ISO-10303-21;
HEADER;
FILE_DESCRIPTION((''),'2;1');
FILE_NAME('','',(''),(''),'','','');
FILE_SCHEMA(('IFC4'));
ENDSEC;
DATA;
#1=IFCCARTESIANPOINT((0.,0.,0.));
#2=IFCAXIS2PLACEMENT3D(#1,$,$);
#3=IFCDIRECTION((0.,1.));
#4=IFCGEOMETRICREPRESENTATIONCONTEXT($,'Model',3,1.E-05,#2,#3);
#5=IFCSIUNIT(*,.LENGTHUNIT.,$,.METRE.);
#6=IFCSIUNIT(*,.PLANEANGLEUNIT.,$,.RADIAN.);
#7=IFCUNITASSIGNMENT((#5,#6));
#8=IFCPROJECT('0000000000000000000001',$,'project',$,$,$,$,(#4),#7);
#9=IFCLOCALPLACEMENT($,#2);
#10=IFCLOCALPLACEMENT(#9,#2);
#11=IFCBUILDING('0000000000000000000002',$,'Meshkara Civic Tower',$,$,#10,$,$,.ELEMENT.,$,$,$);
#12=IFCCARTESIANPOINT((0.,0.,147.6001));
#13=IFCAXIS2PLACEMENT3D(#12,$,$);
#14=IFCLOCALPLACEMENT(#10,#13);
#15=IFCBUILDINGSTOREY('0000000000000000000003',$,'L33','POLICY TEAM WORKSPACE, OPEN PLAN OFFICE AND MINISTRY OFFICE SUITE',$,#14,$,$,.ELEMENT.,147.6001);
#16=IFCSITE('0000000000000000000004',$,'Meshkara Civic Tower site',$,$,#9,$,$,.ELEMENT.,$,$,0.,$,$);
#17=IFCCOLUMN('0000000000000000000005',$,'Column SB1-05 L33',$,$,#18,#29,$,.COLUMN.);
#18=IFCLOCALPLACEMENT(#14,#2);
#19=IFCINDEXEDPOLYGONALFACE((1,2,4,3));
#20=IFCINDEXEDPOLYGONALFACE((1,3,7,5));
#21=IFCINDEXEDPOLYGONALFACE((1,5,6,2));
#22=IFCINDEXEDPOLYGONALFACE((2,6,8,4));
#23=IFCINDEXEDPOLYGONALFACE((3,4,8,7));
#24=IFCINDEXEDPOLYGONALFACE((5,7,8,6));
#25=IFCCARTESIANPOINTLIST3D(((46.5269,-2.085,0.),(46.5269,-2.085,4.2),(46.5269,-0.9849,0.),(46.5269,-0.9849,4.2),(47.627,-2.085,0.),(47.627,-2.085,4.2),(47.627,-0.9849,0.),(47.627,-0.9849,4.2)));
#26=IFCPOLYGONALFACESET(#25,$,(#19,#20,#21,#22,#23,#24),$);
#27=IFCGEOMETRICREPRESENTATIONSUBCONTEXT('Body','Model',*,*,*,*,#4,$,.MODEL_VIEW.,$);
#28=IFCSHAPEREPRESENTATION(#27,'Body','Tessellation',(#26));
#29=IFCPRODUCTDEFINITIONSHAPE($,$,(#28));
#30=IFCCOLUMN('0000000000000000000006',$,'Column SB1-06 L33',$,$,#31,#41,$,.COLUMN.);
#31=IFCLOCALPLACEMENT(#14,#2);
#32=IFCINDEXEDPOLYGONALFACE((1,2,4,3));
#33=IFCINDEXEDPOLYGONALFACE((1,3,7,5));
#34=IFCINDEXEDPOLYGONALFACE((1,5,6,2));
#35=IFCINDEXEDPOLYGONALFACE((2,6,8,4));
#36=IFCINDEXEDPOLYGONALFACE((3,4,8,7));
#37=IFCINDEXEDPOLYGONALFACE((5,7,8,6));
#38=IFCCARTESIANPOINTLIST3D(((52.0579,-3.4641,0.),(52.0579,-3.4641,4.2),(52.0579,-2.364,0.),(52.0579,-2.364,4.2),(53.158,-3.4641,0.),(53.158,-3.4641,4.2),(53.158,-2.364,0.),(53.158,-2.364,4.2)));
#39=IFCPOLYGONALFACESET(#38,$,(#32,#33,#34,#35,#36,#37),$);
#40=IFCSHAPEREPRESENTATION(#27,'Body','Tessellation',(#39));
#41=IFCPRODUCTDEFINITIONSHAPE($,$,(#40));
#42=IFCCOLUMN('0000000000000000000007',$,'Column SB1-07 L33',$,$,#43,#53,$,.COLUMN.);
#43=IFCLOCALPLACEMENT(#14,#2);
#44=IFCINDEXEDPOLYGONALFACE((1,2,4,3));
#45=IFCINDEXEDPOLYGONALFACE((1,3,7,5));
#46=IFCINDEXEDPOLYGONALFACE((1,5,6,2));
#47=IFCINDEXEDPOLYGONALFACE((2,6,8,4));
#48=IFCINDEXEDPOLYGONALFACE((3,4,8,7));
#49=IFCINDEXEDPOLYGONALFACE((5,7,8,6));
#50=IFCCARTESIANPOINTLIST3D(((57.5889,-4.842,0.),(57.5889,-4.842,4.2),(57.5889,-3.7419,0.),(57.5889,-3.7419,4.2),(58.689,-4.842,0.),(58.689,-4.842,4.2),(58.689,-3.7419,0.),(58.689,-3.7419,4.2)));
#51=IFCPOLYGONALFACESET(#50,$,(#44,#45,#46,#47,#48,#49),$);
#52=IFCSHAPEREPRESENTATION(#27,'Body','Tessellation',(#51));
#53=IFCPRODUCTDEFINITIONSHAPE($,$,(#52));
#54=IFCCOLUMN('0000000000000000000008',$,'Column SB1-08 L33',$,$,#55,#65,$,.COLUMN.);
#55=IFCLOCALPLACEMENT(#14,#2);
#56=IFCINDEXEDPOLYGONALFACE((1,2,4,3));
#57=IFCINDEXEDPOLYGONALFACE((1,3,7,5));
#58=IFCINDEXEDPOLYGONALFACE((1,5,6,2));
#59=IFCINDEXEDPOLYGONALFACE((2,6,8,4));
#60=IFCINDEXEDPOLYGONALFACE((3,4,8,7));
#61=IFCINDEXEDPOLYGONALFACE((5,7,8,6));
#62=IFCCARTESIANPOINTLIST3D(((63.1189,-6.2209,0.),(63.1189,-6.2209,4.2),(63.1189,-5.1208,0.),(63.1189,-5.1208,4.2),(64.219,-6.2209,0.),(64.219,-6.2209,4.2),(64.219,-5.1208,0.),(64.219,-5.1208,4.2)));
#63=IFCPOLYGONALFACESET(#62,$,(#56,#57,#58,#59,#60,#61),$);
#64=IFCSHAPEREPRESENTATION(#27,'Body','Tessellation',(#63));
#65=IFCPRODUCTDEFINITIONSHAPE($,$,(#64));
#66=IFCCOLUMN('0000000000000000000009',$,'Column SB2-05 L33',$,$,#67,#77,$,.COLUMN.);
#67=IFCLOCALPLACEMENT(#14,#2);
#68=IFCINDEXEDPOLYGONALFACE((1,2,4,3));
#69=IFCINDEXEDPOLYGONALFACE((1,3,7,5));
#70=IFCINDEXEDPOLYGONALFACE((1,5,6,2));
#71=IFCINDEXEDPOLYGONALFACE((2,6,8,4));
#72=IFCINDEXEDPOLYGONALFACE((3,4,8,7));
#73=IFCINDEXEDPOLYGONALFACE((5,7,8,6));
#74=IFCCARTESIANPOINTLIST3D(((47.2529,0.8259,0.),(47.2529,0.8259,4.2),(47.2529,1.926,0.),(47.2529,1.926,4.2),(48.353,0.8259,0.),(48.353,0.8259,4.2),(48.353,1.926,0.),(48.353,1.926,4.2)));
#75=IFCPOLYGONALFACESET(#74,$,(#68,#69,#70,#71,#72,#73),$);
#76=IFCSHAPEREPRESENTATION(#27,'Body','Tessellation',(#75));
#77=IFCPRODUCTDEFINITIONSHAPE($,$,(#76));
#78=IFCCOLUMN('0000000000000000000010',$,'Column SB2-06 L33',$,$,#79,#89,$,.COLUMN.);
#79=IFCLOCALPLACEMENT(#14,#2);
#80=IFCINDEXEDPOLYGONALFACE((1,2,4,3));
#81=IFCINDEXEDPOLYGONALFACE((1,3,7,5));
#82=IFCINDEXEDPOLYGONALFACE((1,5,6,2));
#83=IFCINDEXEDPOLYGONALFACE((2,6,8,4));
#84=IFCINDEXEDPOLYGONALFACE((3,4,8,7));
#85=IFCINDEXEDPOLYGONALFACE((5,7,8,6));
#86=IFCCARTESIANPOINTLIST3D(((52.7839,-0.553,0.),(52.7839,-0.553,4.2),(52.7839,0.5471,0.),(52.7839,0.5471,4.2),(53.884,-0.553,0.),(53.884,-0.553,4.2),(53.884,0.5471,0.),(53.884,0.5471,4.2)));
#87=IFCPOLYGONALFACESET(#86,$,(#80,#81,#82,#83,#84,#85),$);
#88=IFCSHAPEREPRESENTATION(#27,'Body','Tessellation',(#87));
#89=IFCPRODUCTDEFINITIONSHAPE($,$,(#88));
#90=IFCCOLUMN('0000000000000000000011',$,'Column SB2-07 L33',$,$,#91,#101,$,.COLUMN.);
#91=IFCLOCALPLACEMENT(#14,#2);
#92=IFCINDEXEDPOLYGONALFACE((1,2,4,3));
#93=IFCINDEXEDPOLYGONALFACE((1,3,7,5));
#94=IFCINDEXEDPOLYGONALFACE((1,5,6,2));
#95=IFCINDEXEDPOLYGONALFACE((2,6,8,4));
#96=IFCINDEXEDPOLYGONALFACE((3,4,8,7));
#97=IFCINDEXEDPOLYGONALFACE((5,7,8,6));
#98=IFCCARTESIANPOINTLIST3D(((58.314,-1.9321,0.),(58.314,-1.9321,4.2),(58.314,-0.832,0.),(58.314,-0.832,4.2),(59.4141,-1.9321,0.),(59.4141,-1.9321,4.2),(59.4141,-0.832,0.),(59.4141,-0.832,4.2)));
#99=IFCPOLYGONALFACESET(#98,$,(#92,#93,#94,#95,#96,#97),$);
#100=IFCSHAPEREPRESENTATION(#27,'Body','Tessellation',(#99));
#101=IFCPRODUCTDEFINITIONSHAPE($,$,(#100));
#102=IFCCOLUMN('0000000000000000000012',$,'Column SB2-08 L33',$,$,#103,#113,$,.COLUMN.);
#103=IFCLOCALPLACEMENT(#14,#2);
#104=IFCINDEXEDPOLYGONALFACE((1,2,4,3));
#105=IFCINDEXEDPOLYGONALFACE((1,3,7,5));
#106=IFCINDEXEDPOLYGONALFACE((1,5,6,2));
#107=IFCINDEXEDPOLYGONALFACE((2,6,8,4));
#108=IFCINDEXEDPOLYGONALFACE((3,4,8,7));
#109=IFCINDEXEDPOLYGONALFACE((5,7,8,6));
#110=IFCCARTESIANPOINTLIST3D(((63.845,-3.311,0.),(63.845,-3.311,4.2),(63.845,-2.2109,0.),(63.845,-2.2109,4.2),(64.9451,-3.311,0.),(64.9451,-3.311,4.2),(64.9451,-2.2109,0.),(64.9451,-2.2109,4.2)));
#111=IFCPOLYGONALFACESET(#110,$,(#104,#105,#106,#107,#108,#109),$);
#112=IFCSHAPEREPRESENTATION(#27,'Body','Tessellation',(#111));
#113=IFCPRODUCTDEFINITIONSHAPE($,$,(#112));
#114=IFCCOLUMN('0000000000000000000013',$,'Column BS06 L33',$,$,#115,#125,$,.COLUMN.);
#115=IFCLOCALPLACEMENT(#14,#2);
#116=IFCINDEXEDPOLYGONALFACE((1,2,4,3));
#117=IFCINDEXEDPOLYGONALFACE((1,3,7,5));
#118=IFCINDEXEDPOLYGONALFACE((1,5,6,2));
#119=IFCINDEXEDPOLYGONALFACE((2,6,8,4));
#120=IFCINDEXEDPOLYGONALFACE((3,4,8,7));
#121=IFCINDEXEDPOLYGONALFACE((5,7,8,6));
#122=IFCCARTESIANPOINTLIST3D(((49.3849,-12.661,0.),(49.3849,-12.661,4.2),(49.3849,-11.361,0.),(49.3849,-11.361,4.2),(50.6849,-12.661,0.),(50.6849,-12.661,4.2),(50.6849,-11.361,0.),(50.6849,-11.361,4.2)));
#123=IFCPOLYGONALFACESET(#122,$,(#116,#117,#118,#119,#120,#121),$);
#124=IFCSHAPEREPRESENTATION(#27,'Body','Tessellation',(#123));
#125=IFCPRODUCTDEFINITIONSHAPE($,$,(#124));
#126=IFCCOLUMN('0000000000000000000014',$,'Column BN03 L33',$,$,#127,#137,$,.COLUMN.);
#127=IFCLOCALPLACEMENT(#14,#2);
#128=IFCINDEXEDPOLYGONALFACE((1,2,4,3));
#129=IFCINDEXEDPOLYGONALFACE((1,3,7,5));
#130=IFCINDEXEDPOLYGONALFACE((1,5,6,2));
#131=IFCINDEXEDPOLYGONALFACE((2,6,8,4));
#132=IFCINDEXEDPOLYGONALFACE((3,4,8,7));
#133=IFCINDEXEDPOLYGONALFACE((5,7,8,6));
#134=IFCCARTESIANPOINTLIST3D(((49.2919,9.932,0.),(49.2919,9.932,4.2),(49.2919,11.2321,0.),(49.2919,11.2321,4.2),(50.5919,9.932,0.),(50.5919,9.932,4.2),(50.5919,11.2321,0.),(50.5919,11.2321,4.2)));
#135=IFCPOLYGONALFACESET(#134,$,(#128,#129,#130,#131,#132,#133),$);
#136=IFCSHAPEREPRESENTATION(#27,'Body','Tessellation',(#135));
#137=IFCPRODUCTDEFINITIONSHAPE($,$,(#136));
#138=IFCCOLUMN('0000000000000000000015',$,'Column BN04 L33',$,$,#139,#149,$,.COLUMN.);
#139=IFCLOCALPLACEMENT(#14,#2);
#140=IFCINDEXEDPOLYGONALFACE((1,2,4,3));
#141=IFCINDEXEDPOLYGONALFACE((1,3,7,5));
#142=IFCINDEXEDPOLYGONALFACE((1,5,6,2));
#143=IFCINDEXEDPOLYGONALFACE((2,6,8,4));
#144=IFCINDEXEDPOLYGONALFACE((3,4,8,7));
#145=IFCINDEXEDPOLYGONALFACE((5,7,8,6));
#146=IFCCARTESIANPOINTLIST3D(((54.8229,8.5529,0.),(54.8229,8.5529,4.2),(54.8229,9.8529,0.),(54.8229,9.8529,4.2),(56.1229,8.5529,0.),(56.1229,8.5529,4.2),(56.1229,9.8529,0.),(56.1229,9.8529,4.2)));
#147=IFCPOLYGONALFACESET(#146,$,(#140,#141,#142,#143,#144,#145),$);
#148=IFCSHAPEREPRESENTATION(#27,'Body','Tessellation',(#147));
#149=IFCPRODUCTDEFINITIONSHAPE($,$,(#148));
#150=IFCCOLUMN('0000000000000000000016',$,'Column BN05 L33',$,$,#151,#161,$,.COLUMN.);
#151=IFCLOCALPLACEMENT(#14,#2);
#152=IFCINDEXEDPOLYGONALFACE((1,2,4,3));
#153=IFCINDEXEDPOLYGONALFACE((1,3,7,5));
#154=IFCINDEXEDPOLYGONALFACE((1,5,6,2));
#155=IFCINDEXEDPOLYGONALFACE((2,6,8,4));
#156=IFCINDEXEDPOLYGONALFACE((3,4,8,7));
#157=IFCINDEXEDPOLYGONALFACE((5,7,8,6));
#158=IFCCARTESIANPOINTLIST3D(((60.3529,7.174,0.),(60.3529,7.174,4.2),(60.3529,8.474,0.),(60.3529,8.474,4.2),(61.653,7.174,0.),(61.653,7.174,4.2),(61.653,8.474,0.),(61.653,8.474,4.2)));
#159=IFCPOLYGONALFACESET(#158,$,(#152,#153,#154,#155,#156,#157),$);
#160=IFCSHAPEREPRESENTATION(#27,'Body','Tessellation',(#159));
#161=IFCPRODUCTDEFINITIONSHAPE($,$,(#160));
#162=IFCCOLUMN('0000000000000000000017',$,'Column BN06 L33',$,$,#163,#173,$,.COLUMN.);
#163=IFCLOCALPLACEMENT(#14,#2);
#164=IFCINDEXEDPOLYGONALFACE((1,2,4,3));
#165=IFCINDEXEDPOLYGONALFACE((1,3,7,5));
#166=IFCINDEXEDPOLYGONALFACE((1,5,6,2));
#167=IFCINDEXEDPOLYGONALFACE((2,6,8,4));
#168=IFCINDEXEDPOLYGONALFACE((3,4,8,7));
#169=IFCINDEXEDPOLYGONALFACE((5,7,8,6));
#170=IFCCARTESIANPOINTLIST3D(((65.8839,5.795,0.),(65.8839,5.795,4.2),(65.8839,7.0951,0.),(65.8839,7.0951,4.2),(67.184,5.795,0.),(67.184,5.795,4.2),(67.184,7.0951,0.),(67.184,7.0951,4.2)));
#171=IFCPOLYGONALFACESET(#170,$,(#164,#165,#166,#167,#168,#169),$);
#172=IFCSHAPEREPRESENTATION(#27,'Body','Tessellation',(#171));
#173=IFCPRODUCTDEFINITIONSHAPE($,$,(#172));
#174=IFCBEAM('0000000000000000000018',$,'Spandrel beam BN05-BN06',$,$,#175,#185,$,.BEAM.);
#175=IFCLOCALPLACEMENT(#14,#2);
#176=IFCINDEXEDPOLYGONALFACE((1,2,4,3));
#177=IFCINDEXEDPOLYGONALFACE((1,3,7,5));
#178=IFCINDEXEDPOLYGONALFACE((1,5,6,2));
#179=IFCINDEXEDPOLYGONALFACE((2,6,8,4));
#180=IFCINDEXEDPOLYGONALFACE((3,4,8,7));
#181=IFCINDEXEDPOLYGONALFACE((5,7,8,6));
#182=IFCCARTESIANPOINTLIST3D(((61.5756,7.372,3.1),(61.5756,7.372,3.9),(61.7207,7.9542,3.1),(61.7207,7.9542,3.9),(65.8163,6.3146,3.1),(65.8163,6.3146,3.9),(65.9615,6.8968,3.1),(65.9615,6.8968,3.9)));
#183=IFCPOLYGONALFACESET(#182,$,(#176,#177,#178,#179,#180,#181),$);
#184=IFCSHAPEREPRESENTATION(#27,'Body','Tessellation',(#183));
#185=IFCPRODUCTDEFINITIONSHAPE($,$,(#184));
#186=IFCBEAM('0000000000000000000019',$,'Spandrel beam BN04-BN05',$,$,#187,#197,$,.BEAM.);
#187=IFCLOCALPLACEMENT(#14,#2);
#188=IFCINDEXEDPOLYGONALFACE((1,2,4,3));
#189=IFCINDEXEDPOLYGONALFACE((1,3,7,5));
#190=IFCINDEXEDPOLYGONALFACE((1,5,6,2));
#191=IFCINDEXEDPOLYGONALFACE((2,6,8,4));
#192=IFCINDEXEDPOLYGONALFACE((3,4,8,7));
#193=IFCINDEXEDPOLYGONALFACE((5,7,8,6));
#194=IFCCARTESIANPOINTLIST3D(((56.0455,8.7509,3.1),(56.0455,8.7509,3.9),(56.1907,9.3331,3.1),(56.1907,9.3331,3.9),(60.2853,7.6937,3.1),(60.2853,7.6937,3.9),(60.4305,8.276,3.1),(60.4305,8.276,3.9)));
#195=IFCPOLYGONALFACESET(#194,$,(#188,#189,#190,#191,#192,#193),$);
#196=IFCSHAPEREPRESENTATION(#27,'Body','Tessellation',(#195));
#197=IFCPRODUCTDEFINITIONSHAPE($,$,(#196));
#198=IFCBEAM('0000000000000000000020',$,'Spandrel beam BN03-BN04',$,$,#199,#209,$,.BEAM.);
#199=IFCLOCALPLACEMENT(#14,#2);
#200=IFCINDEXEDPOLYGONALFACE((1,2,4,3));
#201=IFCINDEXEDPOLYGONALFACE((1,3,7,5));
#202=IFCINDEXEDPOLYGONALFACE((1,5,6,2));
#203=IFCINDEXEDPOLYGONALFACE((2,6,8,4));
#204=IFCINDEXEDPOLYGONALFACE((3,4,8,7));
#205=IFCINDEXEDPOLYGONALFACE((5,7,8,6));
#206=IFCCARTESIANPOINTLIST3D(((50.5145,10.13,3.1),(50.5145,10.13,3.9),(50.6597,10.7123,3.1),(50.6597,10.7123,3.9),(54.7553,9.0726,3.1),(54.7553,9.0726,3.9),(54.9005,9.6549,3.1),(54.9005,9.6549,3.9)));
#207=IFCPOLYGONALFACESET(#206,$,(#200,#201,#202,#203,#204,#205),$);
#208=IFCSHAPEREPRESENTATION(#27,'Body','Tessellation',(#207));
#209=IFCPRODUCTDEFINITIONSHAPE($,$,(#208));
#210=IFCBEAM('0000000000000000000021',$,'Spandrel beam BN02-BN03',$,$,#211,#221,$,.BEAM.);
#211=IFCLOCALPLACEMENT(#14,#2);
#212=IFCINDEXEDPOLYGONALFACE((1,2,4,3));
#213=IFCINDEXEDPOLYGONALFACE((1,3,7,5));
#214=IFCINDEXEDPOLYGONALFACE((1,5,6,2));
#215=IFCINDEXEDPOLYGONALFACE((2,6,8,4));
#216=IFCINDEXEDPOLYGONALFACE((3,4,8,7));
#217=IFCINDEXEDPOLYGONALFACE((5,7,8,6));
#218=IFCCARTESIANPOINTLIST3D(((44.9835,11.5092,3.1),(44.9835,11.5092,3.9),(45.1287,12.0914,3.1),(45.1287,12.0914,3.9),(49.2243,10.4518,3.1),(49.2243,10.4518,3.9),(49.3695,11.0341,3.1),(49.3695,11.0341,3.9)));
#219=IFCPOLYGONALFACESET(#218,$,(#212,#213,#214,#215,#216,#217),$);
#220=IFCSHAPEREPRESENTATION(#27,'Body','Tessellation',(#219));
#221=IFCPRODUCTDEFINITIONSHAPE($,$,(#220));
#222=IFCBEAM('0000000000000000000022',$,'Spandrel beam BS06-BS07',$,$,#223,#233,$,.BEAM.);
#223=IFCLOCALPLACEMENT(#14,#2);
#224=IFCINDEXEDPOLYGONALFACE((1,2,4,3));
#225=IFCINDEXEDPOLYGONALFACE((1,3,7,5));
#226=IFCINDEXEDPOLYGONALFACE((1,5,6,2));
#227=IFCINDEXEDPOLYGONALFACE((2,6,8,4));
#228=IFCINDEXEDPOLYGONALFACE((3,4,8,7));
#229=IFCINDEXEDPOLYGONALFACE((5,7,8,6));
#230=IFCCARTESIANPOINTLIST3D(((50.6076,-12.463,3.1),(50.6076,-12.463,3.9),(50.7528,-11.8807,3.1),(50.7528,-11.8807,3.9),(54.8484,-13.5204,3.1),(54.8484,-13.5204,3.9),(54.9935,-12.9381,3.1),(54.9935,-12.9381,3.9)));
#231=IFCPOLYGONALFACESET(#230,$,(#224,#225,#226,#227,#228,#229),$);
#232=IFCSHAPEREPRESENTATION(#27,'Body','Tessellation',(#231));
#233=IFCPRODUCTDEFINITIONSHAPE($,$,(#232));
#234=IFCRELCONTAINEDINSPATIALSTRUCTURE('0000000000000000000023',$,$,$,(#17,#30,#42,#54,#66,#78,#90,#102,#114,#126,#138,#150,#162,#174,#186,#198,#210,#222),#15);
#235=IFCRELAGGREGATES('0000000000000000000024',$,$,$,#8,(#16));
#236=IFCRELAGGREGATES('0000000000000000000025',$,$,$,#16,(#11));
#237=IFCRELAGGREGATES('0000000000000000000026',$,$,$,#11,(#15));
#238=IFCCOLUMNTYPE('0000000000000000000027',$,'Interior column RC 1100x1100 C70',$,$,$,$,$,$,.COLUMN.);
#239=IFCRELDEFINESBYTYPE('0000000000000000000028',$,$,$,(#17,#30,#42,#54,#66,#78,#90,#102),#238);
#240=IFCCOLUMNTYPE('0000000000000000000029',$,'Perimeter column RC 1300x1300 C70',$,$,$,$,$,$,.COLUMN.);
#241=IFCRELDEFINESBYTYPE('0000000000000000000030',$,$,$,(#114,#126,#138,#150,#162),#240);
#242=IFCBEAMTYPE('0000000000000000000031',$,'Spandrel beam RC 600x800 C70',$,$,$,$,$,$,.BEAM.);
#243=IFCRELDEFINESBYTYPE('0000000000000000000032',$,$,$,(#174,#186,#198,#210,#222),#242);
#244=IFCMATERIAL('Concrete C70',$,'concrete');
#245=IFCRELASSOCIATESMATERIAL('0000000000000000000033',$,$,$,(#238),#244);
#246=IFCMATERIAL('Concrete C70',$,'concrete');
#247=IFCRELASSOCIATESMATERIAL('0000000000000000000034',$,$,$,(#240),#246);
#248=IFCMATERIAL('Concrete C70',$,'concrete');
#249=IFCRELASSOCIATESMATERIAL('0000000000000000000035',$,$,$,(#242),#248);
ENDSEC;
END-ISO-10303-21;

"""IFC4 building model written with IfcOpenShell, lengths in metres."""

from ifc_helpers import new_model, si_unit, direction, frame, origin, origin_2d, place, context, subcontext, project, spatial, rectangle, extrude, material, material_profile, profile_set, type_object, element, save


model = new_model("IFC4")

# Units and contexts
model_context = context("Model", 3, precision=1e-05, world=origin(), true_north=direction((0.0, 1.0)))
body_context = subcontext(model_context, "Body", "Model", "MODEL_VIEW")
ifc_project = project(units=[si_unit("LENGTHUNIT", "METRE"), si_unit("PLANEANGLEUNIT", "RADIAN")], contexts=[model_context])

# Site, building, storey
site_placement = place(None, origin())
site = spatial("IfcSite", under=ifc_project, at=site_placement, Name="Meshkara Civic Tower site", CompositionType="ELEMENT", RefElevation=0.0)
building_placement = place(site_placement, origin())
building = spatial("IfcBuilding", under=site, at=building_placement, Name="Meshkara Civic Tower", CompositionType="ELEMENT")
storey_placement = place(building_placement, frame((0.0, 0.0, 147.6001)))
storey = spatial("IfcBuildingStorey", under=building, at=storey_placement, Name="L33", Description="POLICY TEAM WORKSPACE, OPEN PLAN OFFICE AND MINISTRY OFFICE SUITE", CompositionType="ELEMENT", Elevation=147.6001)

# Columns
ifc_material_1 = material(Name="Concrete C70", Category="concrete")
ifc_material_profile_1 = material_profile(ifc_material_1, rectangle(XDim=1.1001, YDim=1.1001, at=origin_2d()))
ifc_profile_set_1 = profile_set([ifc_material_profile_1], Name="Concrete C70")
column_type_1 = type_object("IfcColumnType", Name="Interior column RC 1100x1100 C70", PredefinedType="COLUMN", material=ifc_profile_set_1)
for number, where, z_axis, x_axis, name in (
    (1, (47.0769, -1.5349, 0.0), (0.0, 0.0, 1.0), (1.0, 0.0, 0.0), "Column SB1-05 L33"),
    (2, (52.6079, -2.9141, 0.0), (0.0, 0.0, 1.0), (1.0, 0.0, 0.0), "Column SB1-06 L33"),
    (3, (58.1389, -4.292, 0.0), (0.0, 0.0, 1.0), (1.0, 0.0, 0.0), "Column SB1-07 L33"),
    (4, (63.6689, -5.6709, 0.0), (0.0, 0.0, 1.0), (1.0, 0.0, 0.0), "Column SB1-08 L33"),
    (5, (47.803, 1.376, 0.0), (0.0, 0.0, 1.0), (1.0, 0.0, 0.0), "Column SB2-05 L33"),
    (6, (53.334, -0.0029, 0.0), (0.0, 0.0, 1.0), (1.0, 0.0, 0.0), "Column SB2-06 L33"),
    (7, (58.864, -1.3821, 0.0), (0.0, 0.0, 1.0), (1.0, 0.0, 0.0), "Column SB2-07 L33"),
    (8, (64.395, -2.761, 0.0), (0.0, 0.0, 1.0), (1.0, 0.0, 0.0), "Column SB2-08 L33"),
):
    element("IfcColumn", number, at=place(storey_placement, frame(where, z_axis=z_axis, x_axis=x_axis)), inside=storey, type_object=column_type_1, Name=name, PredefinedType="COLUMN", context=body_context, shape_type="SweptSolid", body=[
        extrude(rectangle(XDim=1.1001, YDim=1.1001, at=origin_2d()), origin(), (0.0, 0.0, 1.0), 4.2),
    ])
ifc_material_2 = material(Name="Concrete C70", Category="concrete")
ifc_material_profile_2 = material_profile(ifc_material_2, rectangle(XDim=1.3, YDim=1.3, at=origin_2d()))
ifc_profile_set_2 = profile_set([ifc_material_profile_2], Name="Concrete C70")
column_type_2 = type_object("IfcColumnType", Name="Perimeter column RC 1300x1300 C70", PredefinedType="COLUMN", material=ifc_profile_set_2)
for number, where, z_axis, x_axis, name in (
    (9, (50.0349, -12.011, 0.0), (0.0, 0.0, 1.0), (1.0, 0.0, 0.0), "Column BS06 L33"),
    (10, (49.9419, 10.582, 0.0), (0.0, 0.0, 1.0), (1.0, 0.0, 0.0), "Column BN03 L33"),
    (11, (55.4729, 9.2029, 0.0), (0.0, 0.0, 1.0), (1.0, 0.0, 0.0), "Column BN04 L33"),
    (12, (61.0029, 7.824, 0.0), (0.0, 0.0, 1.0), (1.0, 0.0, 0.0), "Column BN05 L33"),
    (13, (66.5339, 6.4451, 0.0), (0.0, 0.0, 1.0), (1.0, 0.0, 0.0), "Column BN06 L33"),
):
    element("IfcColumn", number, at=place(storey_placement, frame(where, z_axis=z_axis, x_axis=x_axis)), inside=storey, type_object=column_type_2, Name=name, PredefinedType="COLUMN", context=body_context, shape_type="SweptSolid", body=[
        extrude(rectangle(XDim=1.3, YDim=1.3, at=origin_2d()), origin(), (0.0, 0.0, 1.0), 4.2),
    ])

# Beams
ifc_material_3 = material(Name="Concrete C70", Category="concrete")
ifc_material_profile_3 = material_profile(ifc_material_3, rectangle(XDim=0.6001, YDim=0.8, at=origin_2d()))
ifc_profile_set_3 = profile_set([ifc_material_profile_3], Name="Concrete C70")
beam_type = type_object("IfcBeamType", Name="Spandrel beam RC 600x800 C70", PredefinedType="BEAM", material=ifc_profile_set_3)
beam_1_placement = place(storey_placement, frame((65.8889, 6.6057, 3.5), z_axis=(-0.970293, 0.241931, 0.0), x_axis=(-0.241931, -0.970293, 0.0)))
element("IfcBeam", 14, at=beam_1_placement, inside=storey, type_object=beam_type, Name="Spandrel beam BN05-BN06", PredefinedType="BEAM", context=body_context, shape_type="SweptSolid", body=[
    extrude(rectangle(XDim=0.6001, YDim=0.8, at=origin_2d()), origin(), (0.0, 0.0, 1.0), 4.3706),
])
beam_2_placement = place(storey_placement, frame((60.3579, 7.9849, 3.5), z_axis=(-0.970293, 0.241931, 0.0), x_axis=(-0.241931, -0.970293, 0.0)))
element("IfcBeam", 15, at=beam_2_placement, inside=storey, type_object=beam_type, Name="Spandrel beam BN04-BN05", PredefinedType="BEAM", context=body_context, shape_type="SweptSolid", body=[
    extrude(rectangle(XDim=0.6001, YDim=0.8, at=origin_2d()), origin(), (0.0, 0.0, 1.0), 4.3696),
])
for number, where, z_axis, x_axis, name in (
    (16, (54.8279, 9.3638, 3.5), (-0.970293, 0.241931, 0.0), (-0.241931, -0.970293, 0.0), "Spandrel beam BN03-BN04"),
    (17, (49.2969, 10.7429, 3.5), (-0.970293, 0.241931, 0.0), (-0.241931, -0.970293, 0.0), "Spandrel beam BN02-BN03"),
    (18, (50.6802, -12.1719, 3.5), (0.970293, -0.241931, 0.0), (0.241931, 0.970293, 0.0), "Spandrel beam BS06-BS07"),
):
    element("IfcBeam", number, at=place(storey_placement, frame(where, z_axis=z_axis, x_axis=x_axis)), inside=storey, type_object=beam_type, Name=name, PredefinedType="BEAM", context=body_context, shape_type="SweptSolid", body=[
        extrude(rectangle(XDim=0.6001, YDim=0.8, at=origin_2d()), origin(), (0.0, 0.0, 1.0), 4.3706),
    ])

save(model, "model.ifc")
